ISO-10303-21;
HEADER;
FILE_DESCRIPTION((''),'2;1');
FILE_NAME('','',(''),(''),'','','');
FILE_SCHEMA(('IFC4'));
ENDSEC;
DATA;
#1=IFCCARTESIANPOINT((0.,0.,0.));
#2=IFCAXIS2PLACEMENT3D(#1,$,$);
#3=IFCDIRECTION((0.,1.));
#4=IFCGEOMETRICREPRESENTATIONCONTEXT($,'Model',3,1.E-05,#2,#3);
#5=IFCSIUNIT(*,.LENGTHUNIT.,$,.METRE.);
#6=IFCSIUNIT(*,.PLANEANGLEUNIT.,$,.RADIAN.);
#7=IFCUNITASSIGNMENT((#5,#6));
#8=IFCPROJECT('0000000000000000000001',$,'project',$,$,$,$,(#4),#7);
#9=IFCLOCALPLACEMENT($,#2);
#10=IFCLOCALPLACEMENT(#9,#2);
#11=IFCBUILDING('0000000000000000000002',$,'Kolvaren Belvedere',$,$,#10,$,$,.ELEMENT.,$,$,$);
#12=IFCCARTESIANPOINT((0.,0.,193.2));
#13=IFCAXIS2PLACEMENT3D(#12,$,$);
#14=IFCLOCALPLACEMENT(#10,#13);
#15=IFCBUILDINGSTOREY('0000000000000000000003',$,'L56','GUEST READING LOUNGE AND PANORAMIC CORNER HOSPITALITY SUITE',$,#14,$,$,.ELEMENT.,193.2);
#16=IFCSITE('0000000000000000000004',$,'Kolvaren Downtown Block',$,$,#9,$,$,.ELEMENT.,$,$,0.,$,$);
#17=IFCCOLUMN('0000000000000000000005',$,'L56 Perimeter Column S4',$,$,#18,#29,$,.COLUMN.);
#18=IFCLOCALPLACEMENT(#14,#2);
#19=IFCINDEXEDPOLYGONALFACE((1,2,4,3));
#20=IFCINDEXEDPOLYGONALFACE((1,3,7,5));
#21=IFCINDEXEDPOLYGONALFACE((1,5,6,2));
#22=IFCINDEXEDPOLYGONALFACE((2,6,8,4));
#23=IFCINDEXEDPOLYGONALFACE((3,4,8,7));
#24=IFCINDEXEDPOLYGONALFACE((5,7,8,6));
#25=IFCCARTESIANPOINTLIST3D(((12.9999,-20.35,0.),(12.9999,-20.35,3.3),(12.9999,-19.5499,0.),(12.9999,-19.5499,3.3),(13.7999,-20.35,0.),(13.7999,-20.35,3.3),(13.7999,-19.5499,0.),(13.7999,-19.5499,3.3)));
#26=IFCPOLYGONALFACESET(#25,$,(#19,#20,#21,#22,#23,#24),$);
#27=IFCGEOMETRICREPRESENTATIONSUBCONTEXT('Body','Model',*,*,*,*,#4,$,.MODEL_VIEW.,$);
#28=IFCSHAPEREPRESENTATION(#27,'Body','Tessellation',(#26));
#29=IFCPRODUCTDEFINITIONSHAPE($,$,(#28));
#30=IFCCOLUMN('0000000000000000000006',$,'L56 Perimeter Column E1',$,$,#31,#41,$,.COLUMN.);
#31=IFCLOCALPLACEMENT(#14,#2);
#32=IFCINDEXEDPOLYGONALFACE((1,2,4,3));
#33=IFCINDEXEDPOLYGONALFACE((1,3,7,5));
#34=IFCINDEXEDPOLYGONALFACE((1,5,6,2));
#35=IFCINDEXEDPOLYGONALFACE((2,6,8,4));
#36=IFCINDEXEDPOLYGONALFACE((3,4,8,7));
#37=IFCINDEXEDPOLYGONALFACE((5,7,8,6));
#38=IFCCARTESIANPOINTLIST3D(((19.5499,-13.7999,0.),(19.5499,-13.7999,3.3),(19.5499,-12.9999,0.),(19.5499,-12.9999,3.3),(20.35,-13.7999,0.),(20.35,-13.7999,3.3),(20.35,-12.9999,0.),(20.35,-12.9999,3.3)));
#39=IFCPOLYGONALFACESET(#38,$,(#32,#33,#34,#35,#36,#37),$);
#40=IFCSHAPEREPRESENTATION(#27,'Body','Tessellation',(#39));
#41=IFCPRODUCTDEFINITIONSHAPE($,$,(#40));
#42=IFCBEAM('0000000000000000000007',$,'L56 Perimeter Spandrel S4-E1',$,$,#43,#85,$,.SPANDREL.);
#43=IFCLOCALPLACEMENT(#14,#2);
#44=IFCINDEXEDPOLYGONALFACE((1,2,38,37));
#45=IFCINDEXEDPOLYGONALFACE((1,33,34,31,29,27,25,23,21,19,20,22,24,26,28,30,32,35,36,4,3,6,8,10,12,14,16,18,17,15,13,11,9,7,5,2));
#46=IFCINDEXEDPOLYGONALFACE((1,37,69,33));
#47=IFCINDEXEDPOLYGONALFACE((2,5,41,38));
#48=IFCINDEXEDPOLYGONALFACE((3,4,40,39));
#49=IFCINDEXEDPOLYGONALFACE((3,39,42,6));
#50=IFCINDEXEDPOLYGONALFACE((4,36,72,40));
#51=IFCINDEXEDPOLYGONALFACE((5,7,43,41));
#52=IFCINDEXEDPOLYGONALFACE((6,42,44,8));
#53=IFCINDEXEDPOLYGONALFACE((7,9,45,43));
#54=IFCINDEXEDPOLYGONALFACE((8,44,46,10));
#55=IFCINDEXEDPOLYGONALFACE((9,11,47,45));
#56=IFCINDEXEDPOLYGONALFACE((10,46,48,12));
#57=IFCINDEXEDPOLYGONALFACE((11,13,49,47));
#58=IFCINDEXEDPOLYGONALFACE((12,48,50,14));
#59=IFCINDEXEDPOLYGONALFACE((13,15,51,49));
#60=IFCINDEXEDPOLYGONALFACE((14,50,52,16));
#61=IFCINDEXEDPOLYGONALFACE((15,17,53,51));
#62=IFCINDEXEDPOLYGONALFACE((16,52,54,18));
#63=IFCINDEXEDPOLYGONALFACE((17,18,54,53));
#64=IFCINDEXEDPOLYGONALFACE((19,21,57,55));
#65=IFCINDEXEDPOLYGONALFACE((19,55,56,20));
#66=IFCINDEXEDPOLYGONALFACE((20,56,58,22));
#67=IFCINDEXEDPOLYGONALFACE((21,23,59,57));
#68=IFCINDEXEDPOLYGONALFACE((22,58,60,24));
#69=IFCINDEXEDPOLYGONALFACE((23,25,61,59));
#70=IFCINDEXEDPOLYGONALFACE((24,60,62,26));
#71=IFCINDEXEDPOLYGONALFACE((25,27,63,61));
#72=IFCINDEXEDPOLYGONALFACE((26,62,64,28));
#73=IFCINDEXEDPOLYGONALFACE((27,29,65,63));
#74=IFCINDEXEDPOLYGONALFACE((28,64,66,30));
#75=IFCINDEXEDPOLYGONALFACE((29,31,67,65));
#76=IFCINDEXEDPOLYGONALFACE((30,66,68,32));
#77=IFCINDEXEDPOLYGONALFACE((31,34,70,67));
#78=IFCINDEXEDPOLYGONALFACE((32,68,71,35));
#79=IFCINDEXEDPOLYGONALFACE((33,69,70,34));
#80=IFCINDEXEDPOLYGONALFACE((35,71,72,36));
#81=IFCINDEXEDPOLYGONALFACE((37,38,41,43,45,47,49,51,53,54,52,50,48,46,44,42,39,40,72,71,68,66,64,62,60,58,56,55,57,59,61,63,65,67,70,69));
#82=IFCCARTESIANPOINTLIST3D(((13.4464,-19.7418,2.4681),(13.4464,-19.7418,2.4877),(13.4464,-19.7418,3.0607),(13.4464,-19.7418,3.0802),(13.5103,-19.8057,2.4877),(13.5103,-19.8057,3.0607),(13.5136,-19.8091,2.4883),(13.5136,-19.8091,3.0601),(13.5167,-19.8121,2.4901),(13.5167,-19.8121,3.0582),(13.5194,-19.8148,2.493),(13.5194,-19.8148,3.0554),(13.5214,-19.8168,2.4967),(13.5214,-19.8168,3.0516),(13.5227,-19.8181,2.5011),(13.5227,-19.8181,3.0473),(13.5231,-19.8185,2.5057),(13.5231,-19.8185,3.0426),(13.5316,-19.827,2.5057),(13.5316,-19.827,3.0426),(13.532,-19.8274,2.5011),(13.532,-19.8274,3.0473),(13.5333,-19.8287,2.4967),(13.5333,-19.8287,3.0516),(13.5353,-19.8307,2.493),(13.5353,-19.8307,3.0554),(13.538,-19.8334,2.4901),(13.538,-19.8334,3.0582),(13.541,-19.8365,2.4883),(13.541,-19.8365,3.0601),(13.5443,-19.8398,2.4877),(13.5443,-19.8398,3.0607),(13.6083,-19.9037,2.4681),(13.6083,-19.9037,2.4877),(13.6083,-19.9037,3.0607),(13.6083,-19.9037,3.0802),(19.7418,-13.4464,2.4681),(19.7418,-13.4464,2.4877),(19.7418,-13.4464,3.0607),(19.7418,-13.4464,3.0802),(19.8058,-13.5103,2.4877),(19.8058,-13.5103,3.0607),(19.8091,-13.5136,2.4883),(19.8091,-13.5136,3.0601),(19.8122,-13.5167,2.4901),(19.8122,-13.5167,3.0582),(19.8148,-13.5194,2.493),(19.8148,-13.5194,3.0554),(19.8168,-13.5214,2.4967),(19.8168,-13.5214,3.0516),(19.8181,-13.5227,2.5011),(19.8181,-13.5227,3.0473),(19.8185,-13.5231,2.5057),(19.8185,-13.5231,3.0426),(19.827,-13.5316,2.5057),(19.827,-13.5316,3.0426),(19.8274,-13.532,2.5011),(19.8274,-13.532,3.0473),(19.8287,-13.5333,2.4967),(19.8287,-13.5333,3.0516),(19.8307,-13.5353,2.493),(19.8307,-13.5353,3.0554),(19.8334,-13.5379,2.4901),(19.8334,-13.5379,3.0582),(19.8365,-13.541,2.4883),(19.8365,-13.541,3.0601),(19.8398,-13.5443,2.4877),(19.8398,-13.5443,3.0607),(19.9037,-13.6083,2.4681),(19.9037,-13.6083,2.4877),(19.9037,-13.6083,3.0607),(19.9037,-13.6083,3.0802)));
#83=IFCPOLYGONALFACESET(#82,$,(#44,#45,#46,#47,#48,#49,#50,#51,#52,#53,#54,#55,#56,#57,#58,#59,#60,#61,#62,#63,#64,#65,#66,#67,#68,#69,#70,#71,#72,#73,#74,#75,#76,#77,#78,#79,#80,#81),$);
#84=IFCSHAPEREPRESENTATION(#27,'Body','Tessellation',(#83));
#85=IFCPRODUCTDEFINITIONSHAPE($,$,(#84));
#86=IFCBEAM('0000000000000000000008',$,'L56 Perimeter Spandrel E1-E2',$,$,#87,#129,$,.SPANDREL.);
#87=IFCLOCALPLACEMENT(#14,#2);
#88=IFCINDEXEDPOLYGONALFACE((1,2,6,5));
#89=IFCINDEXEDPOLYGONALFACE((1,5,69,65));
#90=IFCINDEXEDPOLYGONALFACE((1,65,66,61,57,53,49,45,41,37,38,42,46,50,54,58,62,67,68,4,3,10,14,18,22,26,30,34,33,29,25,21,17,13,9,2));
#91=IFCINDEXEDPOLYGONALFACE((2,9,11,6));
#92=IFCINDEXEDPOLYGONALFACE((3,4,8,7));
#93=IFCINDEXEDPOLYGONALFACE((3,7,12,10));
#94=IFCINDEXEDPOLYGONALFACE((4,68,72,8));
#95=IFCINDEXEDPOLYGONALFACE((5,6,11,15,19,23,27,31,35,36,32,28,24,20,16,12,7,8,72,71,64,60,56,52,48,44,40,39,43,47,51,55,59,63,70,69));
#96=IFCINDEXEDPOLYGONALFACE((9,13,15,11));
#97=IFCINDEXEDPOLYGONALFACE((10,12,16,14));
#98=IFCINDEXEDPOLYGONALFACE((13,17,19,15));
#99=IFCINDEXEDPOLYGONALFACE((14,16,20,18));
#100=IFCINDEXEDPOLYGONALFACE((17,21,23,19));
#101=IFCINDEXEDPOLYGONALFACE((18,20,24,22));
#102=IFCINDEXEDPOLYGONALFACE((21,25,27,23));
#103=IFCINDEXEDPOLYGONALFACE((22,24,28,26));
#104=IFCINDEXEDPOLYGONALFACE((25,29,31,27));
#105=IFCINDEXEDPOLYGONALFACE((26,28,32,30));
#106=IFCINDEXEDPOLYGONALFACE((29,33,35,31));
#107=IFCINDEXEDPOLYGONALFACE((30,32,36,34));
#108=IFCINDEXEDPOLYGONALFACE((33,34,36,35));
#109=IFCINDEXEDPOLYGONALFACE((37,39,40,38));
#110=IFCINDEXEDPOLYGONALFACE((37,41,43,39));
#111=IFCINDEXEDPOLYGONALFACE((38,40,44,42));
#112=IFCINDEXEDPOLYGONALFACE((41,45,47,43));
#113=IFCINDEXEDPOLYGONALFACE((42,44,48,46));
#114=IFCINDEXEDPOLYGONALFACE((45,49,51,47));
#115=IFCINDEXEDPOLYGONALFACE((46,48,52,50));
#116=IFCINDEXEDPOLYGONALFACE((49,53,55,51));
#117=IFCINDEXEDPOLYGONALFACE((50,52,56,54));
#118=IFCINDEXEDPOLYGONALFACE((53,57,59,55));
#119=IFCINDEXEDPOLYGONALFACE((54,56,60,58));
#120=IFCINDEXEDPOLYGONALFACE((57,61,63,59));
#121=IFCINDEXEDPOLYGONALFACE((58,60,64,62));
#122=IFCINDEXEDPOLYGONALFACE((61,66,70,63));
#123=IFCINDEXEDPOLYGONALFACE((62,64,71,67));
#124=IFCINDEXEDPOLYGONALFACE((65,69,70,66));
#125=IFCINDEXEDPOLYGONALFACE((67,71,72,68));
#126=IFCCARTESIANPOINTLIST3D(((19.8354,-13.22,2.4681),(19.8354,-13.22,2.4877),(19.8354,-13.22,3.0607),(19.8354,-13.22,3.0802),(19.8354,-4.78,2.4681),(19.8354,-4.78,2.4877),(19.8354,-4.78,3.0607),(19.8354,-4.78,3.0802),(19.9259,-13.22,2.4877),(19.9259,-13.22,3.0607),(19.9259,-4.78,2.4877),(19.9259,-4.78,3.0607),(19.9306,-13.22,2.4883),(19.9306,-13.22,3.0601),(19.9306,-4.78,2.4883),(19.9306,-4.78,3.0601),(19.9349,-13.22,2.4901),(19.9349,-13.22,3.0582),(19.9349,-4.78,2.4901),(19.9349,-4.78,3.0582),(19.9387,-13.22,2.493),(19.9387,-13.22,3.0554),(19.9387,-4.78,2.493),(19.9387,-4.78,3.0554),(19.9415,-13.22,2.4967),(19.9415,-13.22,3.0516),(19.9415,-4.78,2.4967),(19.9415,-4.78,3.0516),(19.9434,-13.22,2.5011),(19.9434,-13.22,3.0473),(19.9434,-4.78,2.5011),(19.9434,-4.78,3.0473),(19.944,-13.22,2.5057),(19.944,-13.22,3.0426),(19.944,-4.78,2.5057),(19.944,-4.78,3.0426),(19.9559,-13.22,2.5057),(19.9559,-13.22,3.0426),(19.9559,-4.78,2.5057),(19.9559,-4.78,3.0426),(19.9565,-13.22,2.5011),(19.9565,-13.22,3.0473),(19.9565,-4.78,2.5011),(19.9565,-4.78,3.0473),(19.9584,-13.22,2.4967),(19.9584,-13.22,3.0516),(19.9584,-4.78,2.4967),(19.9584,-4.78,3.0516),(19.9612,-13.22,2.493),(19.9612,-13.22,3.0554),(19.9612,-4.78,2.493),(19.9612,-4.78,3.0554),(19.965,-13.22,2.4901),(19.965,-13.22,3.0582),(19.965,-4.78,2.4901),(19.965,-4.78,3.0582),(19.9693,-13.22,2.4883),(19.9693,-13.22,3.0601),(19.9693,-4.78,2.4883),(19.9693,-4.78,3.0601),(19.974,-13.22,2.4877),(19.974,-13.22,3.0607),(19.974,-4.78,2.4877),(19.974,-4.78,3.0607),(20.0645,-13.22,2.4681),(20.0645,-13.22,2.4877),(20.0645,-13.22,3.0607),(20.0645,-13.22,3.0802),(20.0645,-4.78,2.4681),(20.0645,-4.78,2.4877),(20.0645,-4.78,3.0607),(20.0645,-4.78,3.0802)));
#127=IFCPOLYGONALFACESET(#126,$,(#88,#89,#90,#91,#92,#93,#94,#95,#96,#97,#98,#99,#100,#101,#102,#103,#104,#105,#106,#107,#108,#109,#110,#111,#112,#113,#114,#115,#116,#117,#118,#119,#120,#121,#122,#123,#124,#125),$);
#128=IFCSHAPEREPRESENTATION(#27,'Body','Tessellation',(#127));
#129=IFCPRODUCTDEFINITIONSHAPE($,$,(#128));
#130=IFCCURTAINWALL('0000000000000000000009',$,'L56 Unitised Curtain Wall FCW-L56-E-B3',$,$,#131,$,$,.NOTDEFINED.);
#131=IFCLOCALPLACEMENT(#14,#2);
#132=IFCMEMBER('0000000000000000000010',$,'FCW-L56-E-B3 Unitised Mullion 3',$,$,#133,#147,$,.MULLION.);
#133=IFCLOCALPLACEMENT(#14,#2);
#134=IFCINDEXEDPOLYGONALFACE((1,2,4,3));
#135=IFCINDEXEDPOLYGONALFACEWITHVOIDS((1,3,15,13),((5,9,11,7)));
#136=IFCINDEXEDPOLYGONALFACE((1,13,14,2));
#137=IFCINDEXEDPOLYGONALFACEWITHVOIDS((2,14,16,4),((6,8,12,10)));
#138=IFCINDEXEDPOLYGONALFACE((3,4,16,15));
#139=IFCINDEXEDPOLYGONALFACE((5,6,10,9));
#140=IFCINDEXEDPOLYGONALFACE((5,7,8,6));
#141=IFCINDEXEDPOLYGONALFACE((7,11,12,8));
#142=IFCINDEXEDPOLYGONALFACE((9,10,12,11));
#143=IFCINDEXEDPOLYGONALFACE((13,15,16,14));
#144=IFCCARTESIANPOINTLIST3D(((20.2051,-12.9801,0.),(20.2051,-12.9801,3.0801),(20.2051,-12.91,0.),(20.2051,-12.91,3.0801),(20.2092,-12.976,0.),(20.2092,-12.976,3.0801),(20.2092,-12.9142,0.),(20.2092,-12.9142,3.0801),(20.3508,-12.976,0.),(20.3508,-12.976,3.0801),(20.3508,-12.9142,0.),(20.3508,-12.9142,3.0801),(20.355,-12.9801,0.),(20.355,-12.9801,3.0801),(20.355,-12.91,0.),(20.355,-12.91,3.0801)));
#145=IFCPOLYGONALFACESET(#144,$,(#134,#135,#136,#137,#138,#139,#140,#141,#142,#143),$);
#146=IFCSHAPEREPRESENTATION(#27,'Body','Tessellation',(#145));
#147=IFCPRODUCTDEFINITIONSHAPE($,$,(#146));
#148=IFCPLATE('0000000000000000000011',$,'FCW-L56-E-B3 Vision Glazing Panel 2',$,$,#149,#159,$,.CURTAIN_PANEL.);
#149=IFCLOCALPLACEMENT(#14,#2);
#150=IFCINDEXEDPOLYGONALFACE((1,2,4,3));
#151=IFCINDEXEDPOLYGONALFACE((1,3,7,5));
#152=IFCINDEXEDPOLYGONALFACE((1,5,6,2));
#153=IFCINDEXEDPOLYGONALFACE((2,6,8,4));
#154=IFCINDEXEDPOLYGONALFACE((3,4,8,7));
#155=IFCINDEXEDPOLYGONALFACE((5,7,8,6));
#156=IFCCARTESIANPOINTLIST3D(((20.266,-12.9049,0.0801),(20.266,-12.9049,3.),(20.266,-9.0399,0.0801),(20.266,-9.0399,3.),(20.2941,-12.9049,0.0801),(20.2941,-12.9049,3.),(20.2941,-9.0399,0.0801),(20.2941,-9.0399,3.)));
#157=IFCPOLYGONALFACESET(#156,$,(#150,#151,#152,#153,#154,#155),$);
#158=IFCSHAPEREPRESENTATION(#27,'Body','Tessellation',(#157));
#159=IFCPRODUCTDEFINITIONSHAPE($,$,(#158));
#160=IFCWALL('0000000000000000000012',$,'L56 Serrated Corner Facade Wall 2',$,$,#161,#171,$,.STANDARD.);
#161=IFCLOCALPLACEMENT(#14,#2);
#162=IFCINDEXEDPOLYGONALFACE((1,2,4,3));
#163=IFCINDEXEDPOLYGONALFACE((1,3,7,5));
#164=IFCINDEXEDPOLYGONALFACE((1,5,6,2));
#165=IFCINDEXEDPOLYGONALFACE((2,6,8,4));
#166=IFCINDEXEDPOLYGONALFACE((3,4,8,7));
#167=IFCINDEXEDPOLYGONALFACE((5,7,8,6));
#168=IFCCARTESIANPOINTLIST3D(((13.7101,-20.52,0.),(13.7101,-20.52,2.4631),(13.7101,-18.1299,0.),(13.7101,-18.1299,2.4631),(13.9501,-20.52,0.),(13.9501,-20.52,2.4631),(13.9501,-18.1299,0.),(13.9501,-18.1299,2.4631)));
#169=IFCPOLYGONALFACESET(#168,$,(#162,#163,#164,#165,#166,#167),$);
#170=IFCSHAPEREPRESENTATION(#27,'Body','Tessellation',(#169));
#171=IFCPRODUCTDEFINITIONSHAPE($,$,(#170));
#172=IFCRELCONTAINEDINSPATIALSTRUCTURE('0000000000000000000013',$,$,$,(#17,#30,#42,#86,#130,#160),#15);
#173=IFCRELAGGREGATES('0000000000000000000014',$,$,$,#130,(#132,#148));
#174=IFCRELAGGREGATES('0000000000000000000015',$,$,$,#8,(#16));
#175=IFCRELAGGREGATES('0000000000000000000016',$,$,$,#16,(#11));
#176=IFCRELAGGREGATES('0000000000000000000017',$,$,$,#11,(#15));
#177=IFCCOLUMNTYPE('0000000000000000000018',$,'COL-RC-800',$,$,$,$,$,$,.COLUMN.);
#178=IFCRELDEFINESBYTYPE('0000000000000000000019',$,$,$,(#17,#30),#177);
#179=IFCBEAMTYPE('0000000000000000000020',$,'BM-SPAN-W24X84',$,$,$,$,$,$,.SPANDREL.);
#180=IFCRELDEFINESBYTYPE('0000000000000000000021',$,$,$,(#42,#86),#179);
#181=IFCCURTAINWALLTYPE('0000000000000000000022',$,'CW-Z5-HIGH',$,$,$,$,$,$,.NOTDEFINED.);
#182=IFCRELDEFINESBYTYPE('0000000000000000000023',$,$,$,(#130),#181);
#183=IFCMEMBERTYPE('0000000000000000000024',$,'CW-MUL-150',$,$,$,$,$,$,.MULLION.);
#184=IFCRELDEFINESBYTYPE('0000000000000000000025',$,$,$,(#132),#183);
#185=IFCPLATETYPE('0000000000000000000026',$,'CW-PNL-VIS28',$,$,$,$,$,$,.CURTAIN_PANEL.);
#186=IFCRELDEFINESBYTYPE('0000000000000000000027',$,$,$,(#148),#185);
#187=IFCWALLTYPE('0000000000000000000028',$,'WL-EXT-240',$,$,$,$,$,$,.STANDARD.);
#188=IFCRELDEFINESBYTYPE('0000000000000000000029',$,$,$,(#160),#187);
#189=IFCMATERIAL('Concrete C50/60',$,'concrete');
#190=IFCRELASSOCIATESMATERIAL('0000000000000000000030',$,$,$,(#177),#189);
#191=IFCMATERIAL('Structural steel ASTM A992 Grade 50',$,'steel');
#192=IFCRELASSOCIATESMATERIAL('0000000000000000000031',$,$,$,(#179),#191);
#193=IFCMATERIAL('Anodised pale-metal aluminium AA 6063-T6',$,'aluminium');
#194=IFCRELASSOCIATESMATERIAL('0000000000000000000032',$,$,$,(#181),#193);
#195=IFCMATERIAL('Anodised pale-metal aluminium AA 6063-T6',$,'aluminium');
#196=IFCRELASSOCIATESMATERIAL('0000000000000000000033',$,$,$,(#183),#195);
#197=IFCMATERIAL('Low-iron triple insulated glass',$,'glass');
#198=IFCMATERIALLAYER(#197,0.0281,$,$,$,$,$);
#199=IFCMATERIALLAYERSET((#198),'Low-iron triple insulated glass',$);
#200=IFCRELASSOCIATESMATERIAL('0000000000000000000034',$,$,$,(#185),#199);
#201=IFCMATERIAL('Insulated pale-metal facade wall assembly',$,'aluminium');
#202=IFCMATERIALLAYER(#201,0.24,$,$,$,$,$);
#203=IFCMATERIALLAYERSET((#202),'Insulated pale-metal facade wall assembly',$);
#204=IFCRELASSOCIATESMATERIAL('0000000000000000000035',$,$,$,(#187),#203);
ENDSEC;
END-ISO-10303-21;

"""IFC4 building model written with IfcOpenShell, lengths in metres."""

from ifc_helpers import new_model, si_unit, direction, frame, frame_2d, origin, origin_2d, place, context, subcontext, project, spatial, rectangle, hollow_rectangle, i_section, extrude, material, layer, layer_set, material_profile, profile_set, type_object, element, aggregate, save


model = new_model("IFC4")

# Units and contexts
model_context = context("Model", 3, precision=1e-05, world=origin(), true_north=direction((0.0, 1.0)))
body_context = subcontext(model_context, "Body", "Model", "MODEL_VIEW")
ifc_project = project(units=[si_unit("LENGTHUNIT", "METRE"), si_unit("PLANEANGLEUNIT", "RADIAN")], contexts=[model_context])

# Site, building, storey
site_placement = place(None, origin())
site = spatial("IfcSite", under=ifc_project, at=site_placement, Name="Kolvaren Downtown Block", CompositionType="ELEMENT", RefElevation=0.0)
building_placement = place(site_placement, origin())
building = spatial("IfcBuilding", under=site, at=building_placement, Name="Kolvaren Belvedere", CompositionType="ELEMENT")
storey_placement = place(building_placement, frame((0.0, 0.0, 193.2)))
storey = spatial("IfcBuildingStorey", under=building, at=storey_placement, Name="L56", Description="GUEST READING LOUNGE AND PANORAMIC CORNER HOSPITALITY SUITE", CompositionType="ELEMENT", Elevation=193.2)

# Columns
ifc_material_1 = material(Name="Concrete C50/60", Category="concrete")
ifc_material_profile_1 = material_profile(ifc_material_1, rectangle(XDim=0.8, YDim=0.8, at=origin_2d()), Name="RC 800X800")
ifc_profile_set_1 = profile_set([ifc_material_profile_1], Name="Concrete C50/60")
column_type = type_object("IfcColumnType", Name="COL-RC-800", PredefinedType="COLUMN", material=ifc_profile_set_1)
for number, where, z_axis, x_axis, name in (
    (1, (13.3999, -19.95, 0.0), (0.0, 0.0, 1.0), (1.0, 0.0, 0.0), "L56 Perimeter Column S4"),
    (2, (19.95, -13.3999, 0.0), (0.0, 0.0, 1.0), (1.0, 0.0, 0.0), "L56 Perimeter Column E1"),
):
    element("IfcColumn", number, at=place(storey_placement, frame(where, z_axis=z_axis, x_axis=x_axis)), inside=storey, type_object=column_type, Name=name, PredefinedType="COLUMN", context=body_context, shape_type="SweptSolid", body=[
        extrude(rectangle(XDim=0.8, YDim=0.8, at=origin_2d()), origin(), (0.0, 0.0, 1.0), 3.3),
    ])

# Beams
ifc_material_2 = material(Name="Structural steel ASTM A992 Grade 50", Category="steel")
ifc_material_profile_2 = material_profile(ifc_material_2, i_section(OverallWidth=0.229, OverallDepth=0.6121, WebThickness=0.012, FlangeThickness=0.0195, FilletRadius=0.0181, at=origin_2d()), Name="W24X84")
ifc_profile_set_2 = profile_set([ifc_material_profile_2], Name="Structural steel ASTM A992 Grade 50")
beam_type = type_object("IfcBeamType", Name="BM-SPAN-W24X84", PredefinedType="SPANDREL", material=ifc_profile_set_2)
beam_1_placement = place(storey_placement, frame((13.5273, -19.8228, 2.7742), z_axis=(0.707107, 0.707107, 0.0), x_axis=(-0.707107, 0.707107, 0.0)))
element("IfcBeam", 3, at=beam_1_placement, inside=storey, type_object=beam_type, Name="L56 Perimeter Spandrel S4-E1", PredefinedType="SPANDREL", context=body_context, shape_type="SweptSolid", body=[
    extrude(i_section(OverallWidth=0.229, OverallDepth=0.6121, WebThickness=0.012, FlangeThickness=0.0195, FilletRadius=0.0181, at=origin_2d()), origin(), (0.0, 0.0, 1.0), 8.9031),
])
beam_2_placement = place(storey_placement, frame((19.95, -13.22, 2.7742), z_axis=(0.0, 1.0, 0.0), x_axis=(-1.0, 0.0, 0.0)))
element("IfcBeam", 4, at=beam_2_placement, inside=storey, type_object=beam_type, Name="L56 Perimeter Spandrel E1-E2", PredefinedType="SPANDREL", context=body_context, shape_type="SweptSolid", body=[
    extrude(i_section(OverallWidth=0.229, OverallDepth=0.6121, WebThickness=0.012, FlangeThickness=0.0195, FilletRadius=0.0181, at=origin_2d()), origin(), (0.0, 0.0, 1.0), 8.4399),
])

# Curtain wall, member, plate
ifc_material_3 = material(Name="Anodised pale-metal aluminium AA 6063-T6", Category="aluminium")
curtain_wall_type = type_object("IfcCurtainWallType", Name="CW-Z5-HIGH", PredefinedType="NOTDEFINED", material=ifc_material_3)
curtain_wall_placement = place(storey_placement, origin())
curtain_wall = element("IfcCurtainWall", 5, at=curtain_wall_placement, inside=storey, type_object=curtain_wall_type, Name="L56 Unitised Curtain Wall FCW-L56-E-B3", PredefinedType="NOTDEFINED")
ifc_material_4 = material(Name="Anodised pale-metal aluminium AA 6063-T6", Category="aluminium")
ifc_material_profile_3 = material_profile(ifc_material_4, hollow_rectangle(XDim=0.0701, YDim=0.1499, WallThickness=0.0042, at=origin_2d()), Name="ALU-MUL-150X70")
ifc_profile_set_3 = profile_set([ifc_material_profile_3], Name="Anodised pale-metal aluminium AA 6063-T6")
member_type = type_object("IfcMemberType", Name="CW-MUL-150", PredefinedType="MULLION", material=ifc_profile_set_3)
member_placement = place(storey_placement, frame((20.28, -12.9451, 0.0), z_axis=(0.0, 0.0, 1.0), x_axis=(0.0, 1.0, 0.0)))
member = element("IfcMember", 6, at=member_placement, type_object=member_type, Name="FCW-L56-E-B3 Unitised Mullion 3", PredefinedType="MULLION", context=body_context, shape_type="SweptSolid", body=[
    extrude(hollow_rectangle(XDim=0.0701, YDim=0.1499, WallThickness=0.0042, at=origin_2d()), origin(), (0.0, 0.0, 1.0), 3.0801),
])
ifc_material_5 = material(Name="Low-iron triple insulated glass", Category="glass")
ifc_layer_1 = layer(ifc_material_5, 0.0281)
ifc_layer_set_1 = layer_set([ifc_layer_1], Name="Low-iron triple insulated glass")
plate_type = type_object("IfcPlateType", Name="CW-PNL-VIS28", PredefinedType="CURTAIN_PANEL", material=ifc_layer_set_1)
plate_placement = place(storey_placement, frame((20.28, -10.9724, 0.0801), z_axis=(0.0, 0.0, 1.0), x_axis=(0.0, -1.0, 0.0)))
plate = element("IfcPlate", 7, at=plate_placement, type_object=plate_type, Name="FCW-L56-E-B3 Vision Glazing Panel 2", PredefinedType="CURTAIN_PANEL", context=body_context, shape_type="SweptSolid", body=[
    extrude(rectangle(XDim=3.865, YDim=0.0281, at=origin_2d()), origin(), (0.0, 0.0, 1.0), 2.9199),
])
aggregate(curtain_wall, [member, plate])

# Wall
ifc_material_6 = material(Name="Insulated pale-metal facade wall assembly", Category="aluminium")
ifc_layer_2 = layer(ifc_material_6, 0.24)
ifc_layer_set_2 = layer_set([ifc_layer_2], Name="Insulated pale-metal facade wall assembly")
wall_type = type_object("IfcWallType", Name="WL-EXT-240", PredefinedType="STANDARD", material=ifc_layer_set_2)
wall_1_placement = place(storey_placement, frame((13.8301, -18.1299, 0.0), z_axis=(0.0, 0.0, 1.0), x_axis=(0.0, -1.0, 0.0)))
element("IfcWall", 8, at=wall_1_placement, inside=storey, type_object=wall_type, Name="L56 Serrated Corner Facade Wall 2", PredefinedType="STANDARD", context=body_context, shape_type="SweptSolid", body=[
    extrude(rectangle(XDim=2.3901, YDim=0.24, at=frame_2d((1.1951, 0.0))), origin(), (0.0, 0.0, 1.0), 2.4631),
])

save(model, "model.ifc")
